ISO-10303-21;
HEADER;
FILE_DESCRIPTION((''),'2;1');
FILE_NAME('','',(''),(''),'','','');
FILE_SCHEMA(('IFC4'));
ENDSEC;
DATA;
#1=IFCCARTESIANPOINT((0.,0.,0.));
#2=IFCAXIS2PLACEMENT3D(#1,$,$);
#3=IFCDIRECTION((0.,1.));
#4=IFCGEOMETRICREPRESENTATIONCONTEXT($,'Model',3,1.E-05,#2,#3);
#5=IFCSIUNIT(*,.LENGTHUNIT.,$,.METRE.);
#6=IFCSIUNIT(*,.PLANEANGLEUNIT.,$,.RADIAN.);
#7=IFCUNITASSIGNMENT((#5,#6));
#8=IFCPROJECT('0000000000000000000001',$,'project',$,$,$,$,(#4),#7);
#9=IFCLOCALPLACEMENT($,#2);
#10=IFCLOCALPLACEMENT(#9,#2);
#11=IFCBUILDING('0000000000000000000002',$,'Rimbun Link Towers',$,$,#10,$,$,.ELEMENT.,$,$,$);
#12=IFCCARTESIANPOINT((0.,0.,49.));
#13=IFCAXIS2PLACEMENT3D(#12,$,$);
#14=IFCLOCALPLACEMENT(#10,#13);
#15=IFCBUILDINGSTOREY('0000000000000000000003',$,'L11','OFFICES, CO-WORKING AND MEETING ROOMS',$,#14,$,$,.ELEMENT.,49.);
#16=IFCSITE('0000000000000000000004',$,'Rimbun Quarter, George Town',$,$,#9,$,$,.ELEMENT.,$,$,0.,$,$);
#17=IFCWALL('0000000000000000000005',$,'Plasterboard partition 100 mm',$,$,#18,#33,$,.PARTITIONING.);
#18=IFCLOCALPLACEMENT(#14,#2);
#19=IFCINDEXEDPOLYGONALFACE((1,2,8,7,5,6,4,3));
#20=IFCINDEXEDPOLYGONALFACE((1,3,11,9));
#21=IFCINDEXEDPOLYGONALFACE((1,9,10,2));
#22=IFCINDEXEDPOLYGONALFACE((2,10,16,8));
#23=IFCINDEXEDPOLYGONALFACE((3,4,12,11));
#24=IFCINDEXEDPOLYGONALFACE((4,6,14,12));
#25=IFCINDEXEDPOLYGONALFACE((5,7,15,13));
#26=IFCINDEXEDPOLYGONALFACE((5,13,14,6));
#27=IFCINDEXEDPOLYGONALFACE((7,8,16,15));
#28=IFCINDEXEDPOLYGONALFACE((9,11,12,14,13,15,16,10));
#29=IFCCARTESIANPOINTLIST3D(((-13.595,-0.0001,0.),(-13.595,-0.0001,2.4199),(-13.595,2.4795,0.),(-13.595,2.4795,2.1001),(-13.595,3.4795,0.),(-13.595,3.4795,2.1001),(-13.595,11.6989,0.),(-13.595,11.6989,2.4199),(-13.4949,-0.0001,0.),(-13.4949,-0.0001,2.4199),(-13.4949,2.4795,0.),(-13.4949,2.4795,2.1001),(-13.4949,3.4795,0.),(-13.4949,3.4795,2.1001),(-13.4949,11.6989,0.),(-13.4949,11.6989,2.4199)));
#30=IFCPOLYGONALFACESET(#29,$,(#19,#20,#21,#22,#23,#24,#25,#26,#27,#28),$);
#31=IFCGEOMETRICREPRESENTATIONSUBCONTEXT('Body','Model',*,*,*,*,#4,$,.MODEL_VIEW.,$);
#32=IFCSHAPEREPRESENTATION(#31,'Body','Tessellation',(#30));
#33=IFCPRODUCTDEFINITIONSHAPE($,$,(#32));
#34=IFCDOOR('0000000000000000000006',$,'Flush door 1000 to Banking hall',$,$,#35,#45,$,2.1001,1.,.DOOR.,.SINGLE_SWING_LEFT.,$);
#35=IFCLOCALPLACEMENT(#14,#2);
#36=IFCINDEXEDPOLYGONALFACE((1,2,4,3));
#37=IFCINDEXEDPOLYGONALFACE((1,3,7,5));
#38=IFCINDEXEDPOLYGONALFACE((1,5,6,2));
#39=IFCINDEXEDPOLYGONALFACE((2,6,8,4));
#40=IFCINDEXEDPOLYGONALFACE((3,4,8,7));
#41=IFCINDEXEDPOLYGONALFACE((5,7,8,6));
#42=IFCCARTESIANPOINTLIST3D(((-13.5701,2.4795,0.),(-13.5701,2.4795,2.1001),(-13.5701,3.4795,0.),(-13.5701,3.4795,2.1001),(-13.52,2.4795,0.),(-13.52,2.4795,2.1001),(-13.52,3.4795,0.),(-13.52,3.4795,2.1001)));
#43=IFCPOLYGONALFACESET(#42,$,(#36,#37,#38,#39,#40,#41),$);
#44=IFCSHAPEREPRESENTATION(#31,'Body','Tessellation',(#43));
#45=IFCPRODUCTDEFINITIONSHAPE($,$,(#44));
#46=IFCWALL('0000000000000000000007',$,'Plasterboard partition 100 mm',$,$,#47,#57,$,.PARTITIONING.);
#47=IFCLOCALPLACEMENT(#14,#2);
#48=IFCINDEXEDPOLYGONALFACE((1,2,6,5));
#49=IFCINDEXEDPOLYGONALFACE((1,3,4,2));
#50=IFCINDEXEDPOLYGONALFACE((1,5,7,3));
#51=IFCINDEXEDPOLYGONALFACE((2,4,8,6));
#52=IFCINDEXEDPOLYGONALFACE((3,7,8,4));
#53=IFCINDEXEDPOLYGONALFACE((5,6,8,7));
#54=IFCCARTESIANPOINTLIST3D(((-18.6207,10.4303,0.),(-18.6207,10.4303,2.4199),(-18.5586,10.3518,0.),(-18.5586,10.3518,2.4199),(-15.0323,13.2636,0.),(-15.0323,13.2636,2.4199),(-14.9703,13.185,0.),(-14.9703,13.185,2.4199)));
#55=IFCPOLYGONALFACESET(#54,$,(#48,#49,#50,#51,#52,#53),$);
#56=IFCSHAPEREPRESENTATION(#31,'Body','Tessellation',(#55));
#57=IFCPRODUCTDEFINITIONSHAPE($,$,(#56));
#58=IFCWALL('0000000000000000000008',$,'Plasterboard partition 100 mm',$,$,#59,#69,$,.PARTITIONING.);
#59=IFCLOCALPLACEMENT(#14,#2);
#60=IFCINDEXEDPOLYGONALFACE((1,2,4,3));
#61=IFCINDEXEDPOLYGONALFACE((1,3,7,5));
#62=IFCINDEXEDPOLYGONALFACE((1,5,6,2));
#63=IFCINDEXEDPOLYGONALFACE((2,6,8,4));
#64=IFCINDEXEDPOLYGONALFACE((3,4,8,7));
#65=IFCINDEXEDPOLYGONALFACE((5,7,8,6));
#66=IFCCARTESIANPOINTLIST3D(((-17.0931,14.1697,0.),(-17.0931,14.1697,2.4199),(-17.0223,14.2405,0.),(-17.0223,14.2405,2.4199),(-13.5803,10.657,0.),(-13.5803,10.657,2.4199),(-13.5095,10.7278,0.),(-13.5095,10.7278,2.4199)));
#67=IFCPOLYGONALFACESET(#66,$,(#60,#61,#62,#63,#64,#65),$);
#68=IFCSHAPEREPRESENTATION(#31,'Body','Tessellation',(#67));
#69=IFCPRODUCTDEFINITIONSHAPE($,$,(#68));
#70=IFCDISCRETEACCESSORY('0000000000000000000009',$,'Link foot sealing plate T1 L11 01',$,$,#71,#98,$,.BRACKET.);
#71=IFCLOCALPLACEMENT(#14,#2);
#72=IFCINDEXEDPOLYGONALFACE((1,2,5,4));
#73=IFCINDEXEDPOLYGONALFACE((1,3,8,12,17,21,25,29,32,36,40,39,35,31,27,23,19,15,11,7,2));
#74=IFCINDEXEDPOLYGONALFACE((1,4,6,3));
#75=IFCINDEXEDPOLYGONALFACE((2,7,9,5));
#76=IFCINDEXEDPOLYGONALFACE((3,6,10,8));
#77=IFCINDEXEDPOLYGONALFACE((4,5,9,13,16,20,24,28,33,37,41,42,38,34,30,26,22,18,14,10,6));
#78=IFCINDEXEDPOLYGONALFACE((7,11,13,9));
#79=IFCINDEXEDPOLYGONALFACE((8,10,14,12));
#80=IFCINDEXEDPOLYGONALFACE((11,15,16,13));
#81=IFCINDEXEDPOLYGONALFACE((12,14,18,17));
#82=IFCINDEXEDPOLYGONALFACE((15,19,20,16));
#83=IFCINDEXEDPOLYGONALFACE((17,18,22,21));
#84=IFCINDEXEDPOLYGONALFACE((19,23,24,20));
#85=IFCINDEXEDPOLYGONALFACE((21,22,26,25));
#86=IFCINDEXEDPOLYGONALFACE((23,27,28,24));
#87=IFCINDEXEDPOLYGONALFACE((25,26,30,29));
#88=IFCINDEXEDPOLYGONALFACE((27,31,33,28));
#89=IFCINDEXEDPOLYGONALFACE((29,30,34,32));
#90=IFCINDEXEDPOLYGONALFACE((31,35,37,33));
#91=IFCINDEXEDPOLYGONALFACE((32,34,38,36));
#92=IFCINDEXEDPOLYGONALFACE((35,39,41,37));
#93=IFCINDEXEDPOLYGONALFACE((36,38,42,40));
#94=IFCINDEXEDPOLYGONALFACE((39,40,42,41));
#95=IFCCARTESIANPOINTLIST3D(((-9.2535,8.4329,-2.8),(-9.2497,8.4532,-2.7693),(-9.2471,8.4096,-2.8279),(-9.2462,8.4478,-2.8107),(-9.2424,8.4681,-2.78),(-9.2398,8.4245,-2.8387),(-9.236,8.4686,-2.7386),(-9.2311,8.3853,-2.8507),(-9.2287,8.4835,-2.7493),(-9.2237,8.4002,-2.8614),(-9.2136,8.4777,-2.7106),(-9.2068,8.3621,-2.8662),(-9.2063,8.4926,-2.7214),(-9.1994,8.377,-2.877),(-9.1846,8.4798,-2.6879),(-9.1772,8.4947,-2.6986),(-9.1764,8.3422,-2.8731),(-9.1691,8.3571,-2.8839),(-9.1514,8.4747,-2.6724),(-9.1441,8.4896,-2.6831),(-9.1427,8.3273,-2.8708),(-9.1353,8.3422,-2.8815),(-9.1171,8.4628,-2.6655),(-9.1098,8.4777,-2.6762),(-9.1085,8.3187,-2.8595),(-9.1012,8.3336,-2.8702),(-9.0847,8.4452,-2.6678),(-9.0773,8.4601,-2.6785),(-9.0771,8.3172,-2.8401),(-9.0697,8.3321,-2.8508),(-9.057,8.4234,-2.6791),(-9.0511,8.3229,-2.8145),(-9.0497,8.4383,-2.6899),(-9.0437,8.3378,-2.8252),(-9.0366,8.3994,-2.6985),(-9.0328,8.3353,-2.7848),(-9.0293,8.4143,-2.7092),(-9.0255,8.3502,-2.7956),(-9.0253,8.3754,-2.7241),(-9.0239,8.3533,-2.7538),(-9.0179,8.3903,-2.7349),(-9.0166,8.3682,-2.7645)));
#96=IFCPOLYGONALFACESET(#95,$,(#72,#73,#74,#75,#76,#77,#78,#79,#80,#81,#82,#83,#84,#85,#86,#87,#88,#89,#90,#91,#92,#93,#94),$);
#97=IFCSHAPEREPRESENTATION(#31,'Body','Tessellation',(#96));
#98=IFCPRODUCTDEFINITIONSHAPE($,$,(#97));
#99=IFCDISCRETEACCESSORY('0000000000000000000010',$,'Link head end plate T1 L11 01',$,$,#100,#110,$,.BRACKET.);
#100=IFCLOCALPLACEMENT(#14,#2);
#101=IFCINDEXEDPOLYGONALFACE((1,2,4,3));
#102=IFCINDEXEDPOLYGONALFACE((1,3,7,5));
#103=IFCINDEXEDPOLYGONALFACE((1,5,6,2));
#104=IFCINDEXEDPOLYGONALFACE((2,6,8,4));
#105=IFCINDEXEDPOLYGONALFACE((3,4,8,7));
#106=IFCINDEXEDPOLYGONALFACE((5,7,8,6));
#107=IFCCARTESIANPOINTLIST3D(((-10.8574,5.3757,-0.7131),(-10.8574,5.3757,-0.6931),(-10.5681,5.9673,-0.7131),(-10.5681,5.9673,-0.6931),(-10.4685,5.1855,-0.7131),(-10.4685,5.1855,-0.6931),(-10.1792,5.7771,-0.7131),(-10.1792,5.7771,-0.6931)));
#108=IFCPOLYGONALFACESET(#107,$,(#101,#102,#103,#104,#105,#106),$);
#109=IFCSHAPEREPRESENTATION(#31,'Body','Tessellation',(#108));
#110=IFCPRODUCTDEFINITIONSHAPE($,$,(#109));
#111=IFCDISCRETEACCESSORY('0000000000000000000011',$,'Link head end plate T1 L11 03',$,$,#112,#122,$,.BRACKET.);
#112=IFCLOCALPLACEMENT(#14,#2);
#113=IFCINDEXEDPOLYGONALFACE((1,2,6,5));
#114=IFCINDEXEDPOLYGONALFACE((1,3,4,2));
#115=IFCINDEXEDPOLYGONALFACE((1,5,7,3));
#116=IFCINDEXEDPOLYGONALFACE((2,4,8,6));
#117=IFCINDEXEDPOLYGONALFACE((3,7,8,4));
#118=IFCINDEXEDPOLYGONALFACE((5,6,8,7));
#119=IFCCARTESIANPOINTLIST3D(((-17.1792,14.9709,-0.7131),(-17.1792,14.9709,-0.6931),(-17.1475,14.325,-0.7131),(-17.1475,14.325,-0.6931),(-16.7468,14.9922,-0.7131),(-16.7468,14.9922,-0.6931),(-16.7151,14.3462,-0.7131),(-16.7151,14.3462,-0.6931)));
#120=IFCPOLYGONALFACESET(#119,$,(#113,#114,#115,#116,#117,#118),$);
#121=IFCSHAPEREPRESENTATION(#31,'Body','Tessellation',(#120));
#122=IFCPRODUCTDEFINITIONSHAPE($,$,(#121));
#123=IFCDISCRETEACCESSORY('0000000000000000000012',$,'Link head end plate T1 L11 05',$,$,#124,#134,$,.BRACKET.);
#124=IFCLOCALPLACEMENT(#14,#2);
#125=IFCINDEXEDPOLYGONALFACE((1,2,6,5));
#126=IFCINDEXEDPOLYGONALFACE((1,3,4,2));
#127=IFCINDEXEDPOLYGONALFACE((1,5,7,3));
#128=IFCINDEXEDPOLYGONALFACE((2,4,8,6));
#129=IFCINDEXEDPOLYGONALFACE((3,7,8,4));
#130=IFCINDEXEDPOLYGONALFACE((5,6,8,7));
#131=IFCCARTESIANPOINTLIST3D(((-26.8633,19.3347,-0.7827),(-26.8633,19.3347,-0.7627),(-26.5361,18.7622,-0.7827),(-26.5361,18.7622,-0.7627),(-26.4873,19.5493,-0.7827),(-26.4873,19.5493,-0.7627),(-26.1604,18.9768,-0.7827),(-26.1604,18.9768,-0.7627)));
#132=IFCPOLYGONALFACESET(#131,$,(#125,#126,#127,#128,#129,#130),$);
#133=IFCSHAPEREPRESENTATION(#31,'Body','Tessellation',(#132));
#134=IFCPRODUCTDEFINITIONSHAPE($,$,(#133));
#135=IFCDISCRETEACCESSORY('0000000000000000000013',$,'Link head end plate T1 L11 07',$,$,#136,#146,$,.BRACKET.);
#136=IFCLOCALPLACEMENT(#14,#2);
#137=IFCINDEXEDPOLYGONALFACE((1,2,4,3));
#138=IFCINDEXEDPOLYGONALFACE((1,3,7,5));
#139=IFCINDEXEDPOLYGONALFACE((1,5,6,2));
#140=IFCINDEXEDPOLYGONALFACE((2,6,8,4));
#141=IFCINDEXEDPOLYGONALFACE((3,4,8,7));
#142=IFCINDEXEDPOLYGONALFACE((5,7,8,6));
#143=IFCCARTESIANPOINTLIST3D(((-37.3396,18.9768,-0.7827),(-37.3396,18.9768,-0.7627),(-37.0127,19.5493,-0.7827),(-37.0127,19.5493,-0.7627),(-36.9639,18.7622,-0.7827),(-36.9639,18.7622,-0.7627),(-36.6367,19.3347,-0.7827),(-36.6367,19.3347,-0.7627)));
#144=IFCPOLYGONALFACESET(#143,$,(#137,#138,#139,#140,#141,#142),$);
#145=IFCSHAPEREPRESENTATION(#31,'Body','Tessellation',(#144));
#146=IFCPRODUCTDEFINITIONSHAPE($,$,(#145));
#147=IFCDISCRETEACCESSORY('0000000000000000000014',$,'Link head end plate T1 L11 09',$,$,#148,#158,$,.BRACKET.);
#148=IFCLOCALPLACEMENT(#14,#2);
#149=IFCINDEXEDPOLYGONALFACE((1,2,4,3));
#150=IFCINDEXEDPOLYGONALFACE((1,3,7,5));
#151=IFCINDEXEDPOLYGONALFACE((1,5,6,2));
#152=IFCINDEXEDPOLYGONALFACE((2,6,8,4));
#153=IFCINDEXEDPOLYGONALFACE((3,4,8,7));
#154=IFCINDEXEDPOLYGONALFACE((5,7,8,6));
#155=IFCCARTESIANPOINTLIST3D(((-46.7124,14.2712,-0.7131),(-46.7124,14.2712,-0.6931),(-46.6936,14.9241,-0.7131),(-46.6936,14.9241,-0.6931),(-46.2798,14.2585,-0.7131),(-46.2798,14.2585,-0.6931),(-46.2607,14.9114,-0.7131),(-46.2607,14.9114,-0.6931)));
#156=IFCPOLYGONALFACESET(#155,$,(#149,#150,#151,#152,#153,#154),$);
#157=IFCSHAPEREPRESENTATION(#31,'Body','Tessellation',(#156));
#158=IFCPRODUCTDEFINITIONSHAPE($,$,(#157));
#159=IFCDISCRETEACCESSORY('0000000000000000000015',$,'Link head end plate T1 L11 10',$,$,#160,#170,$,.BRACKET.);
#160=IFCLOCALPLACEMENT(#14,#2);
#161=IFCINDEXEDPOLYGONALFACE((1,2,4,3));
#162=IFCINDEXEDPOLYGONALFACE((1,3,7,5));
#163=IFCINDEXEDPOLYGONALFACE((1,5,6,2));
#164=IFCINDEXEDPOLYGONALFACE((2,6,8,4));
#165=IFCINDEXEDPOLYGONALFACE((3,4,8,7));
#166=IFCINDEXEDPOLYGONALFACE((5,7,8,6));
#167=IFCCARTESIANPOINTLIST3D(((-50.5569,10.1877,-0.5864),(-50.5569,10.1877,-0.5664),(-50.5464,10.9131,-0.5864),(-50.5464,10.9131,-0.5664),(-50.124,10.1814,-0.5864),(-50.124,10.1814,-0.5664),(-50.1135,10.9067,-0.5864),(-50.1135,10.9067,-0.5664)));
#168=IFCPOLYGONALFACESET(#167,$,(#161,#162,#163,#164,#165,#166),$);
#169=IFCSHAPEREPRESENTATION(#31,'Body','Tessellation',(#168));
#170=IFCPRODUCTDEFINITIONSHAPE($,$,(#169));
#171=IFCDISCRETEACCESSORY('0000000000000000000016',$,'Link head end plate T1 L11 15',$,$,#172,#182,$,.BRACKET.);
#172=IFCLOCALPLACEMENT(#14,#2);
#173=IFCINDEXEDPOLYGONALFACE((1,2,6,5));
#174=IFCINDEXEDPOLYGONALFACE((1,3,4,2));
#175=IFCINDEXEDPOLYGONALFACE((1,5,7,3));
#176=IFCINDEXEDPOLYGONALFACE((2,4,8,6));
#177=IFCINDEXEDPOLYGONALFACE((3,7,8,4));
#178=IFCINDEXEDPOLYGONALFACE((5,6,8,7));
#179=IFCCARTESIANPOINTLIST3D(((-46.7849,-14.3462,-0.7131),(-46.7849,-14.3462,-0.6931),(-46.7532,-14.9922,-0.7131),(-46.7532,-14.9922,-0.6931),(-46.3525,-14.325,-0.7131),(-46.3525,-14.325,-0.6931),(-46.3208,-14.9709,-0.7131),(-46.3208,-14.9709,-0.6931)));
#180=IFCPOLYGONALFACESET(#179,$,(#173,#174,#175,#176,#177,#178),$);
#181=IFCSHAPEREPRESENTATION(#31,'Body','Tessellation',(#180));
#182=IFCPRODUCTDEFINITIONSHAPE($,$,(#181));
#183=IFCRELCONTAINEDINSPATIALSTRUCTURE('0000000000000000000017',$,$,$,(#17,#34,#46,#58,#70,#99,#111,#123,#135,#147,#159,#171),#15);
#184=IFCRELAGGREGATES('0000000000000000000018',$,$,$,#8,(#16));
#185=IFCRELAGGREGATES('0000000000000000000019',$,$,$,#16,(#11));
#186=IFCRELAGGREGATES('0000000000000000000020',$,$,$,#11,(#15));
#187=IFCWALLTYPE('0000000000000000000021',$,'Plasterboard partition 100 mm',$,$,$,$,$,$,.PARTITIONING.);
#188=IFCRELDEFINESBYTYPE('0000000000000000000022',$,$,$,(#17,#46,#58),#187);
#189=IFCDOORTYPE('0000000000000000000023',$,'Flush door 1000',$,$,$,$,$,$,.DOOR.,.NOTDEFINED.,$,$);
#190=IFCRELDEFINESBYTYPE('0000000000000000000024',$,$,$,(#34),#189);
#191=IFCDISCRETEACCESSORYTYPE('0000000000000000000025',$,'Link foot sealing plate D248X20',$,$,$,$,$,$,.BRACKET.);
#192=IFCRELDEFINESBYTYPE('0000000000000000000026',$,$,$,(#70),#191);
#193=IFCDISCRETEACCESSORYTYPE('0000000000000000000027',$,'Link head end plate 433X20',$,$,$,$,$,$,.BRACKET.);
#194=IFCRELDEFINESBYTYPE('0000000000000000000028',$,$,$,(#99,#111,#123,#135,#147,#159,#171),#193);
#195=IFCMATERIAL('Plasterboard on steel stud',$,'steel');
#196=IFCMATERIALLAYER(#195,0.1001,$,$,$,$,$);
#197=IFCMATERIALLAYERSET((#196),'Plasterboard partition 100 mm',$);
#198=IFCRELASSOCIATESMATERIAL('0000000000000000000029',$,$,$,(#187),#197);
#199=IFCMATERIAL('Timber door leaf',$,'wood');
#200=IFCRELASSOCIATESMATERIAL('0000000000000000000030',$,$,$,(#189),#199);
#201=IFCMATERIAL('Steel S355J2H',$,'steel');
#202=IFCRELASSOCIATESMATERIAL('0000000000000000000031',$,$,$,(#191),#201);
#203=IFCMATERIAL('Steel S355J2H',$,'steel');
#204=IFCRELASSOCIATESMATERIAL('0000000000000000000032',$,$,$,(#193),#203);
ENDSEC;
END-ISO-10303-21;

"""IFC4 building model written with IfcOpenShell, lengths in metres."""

from ifc_helpers import new_model, si_unit, direction, frame, frame_2d, origin, origin_2d, place, context, subcontext, project, spatial, polyline, rectangle, circle, outline, extrude, material, layer, layer_set, material_profile, profile_set, type_object, element, fill, save


model = new_model("IFC4")

# Units and contexts
model_context = context("Model", 3, precision=1e-05, world=origin(), true_north=direction((0.0, 1.0)))
body_context = subcontext(model_context, "Body", "Model", "MODEL_VIEW")
ifc_project = project(units=[si_unit("LENGTHUNIT", "METRE"), si_unit("PLANEANGLEUNIT", "RADIAN")], contexts=[model_context])

# Site, building, storey
site_placement = place(None, origin())
site = spatial("IfcSite", under=ifc_project, at=site_placement, Name="Rimbun Quarter, George Town", CompositionType="ELEMENT", RefElevation=0.0)
building_placement = place(site_placement, origin())
building = spatial("IfcBuilding", under=site, at=building_placement, Name="Rimbun Link Towers", CompositionType="ELEMENT")
storey_placement = place(building_placement, frame((0.0, 0.0, 49.0)))
storey = spatial("IfcBuildingStorey", under=building, at=storey_placement, Name="L11", Description="OFFICES, CO-WORKING AND MEETING ROOMS", CompositionType="ELEMENT", Elevation=49.0)

# Wall, opening, door
ifc_material_1 = material(Name="Plasterboard on steel stud", Category="steel")
ifc_layer_1 = layer(ifc_material_1, 0.1001)
ifc_layer_set_1 = layer_set([ifc_layer_1], Name="Plasterboard partition 100 mm")
wall_type = type_object("IfcWallType", Name="Plasterboard partition 100 mm", PredefinedType="PARTITIONING", material=ifc_layer_set_1)
wall_1_placement = place(storey_placement, frame((-13.5449, 11.699, 0.0), z_axis=(0.0, 0.0, 1.0), x_axis=(0.0, -1.0, 0.0)))
wall_1 = element("IfcWall", 1, at=wall_1_placement, inside=storey, type_object=wall_type, Name="Plasterboard partition 100 mm", PredefinedType="PARTITIONING", context=body_context, shape_type="SweptSolid", body=[
    extrude(rectangle(XDim=11.699, YDim=0.1001, at=frame_2d((5.8496, 0.0))), origin(), (0.0, 0.0, 1.0), 2.4199),
])
opening_placement = place(wall_1_placement, frame((8.2195, 0.0, 0.0)))
opening = element("IfcOpeningElement", 2, at=opening_placement, cuts=wall_1, PredefinedType="OPENING", context=body_context, shape_type="SweptSolid", body=[
    extrude(rectangle(XDim=1.0, YDim=2.1001, at=frame_2d((0.5, 1.05))), frame((0.0, 0.0601, 0.0), z_axis=(0.0, -1.0, 0.0), x_axis=(1.0, 0.0, 0.0)), (0.0, 0.0, 1.0), 0.1201),
])
ifc_material_2 = material(Name="Timber door leaf", Category="wood")
door_type = type_object("IfcDoorType", Name="Flush door 1000", OperationType="NOTDEFINED", PredefinedType="DOOR", material=ifc_material_2)
door_placement = place(opening_placement, origin())
door = element("IfcDoor", 3, at=door_placement, inside=storey, type_object=door_type, Name="Flush door 1000 to Banking hall", OperationType="SINGLE_SWING_LEFT", OverallHeight=2.1001, OverallWidth=1.0, PredefinedType="DOOR", context=body_context, shape_type="SweptSolid", body=[
    extrude(rectangle(XDim=1.0, YDim=2.1001, at=frame_2d((0.5, 1.05))), frame((0.0, 0.0249, 0.0), z_axis=(0.0, -1.0, 0.0), x_axis=(1.0, 0.0, 0.0)), (0.0, 0.0, 1.0), 0.05),
])
fill(opening, door)

# Walls
wall_2_placement = place(storey_placement, frame((-15.0012, 13.2244, 0.0), z_axis=(0.0, 0.0, 1.0), x_axis=(-0.784849, -0.619688, 0.0)))
element("IfcWall", 4, at=wall_2_placement, inside=storey, type_object=wall_type, Name="Plasterboard partition 100 mm", PredefinedType="PARTITIONING", context=body_context, shape_type="SweptSolid", body=[
    extrude(rectangle(XDim=4.572, YDim=0.1001, at=frame_2d((2.2861, 0.0))), origin(), (0.0, 0.0, 1.0), 2.4199),
])
wall_3_placement = place(storey_placement, frame((-13.5449, 10.6924, 0.0), z_axis=(0.0, 0.0, 1.0), x_axis=(-0.707107, 0.707107, 0.0)))
element("IfcWall", 5, at=wall_3_placement, inside=storey, type_object=wall_type, Name="Plasterboard partition 100 mm", PredefinedType="PARTITIONING", context=body_context, shape_type="SweptSolid", body=[
    extrude(rectangle(XDim=4.9678, YDim=0.1001, at=frame_2d((2.4839, 0.0))), origin(), (0.0, 0.0, 1.0), 2.4199),
])

# Discrete accessories
ifc_material_3 = material(Name="Steel S355J2H", Category="steel")
ifc_material_profile_1 = material_profile(ifc_material_3, circle(Radius=0.124, at=origin_2d()), Name="PL D248")
ifc_profile_set_1 = profile_set([ifc_material_profile_1], Name="Steel S355J2H")
discrete_accessory_type_1 = type_object("IfcDiscreteAccessoryType", Name="Link foot sealing plate D248X20", PredefinedType="BRACKET", material=ifc_profile_set_1)
discrete_accessory_1_placement = place(storey_placement, frame((-9.1384, 8.3984, -2.7693), z_axis=(0.370483, 0.753316, -0.543376), x_axis=(-0.89735, 0.44132, 0.0)))
element("IfcDiscreteAccessory", 6, at=discrete_accessory_1_placement, inside=storey, type_object=discrete_accessory_type_1, Name="Link foot sealing plate T1 L11 01", PredefinedType="BRACKET", context=body_context, shape_type="SweptSolid", body=[
    extrude(circle(Radius=0.124, at=origin_2d()), origin(), (0.0, 0.0, 1.0), 0.0198),
])
ifc_material_4 = material(Name="Steel S355J2H", Category="steel")
ifc_material_profile_2 = material_profile(ifc_material_4, rectangle(XDim=0.4331, YDim=0.4331, at=origin_2d()), Name="PL 433x433")
ifc_profile_set_2 = profile_set([ifc_material_profile_2], Name="Steel S355J2H")
discrete_accessory_type_2 = type_object("IfcDiscreteAccessoryType", Name="Link head end plate 433X20", PredefinedType="BRACKET", material=ifc_profile_set_2)
discrete_accessory_2_placement = place(storey_placement, frame((0.0, 0.0, -0.7131)))
element("IfcDiscreteAccessory", 7, at=discrete_accessory_2_placement, inside=storey, type_object=discrete_accessory_type_2, Name="Link head end plate T1 L11 01", PredefinedType="BRACKET", context=body_context, shape_type="SweptSolid", body=[
    extrude(outline(polyline([(-10.4685, 5.1855), (-10.1792, 5.7771), (-10.5681, 5.9673), (-10.8574, 5.3757), (-10.4685, 5.1855)])), origin(), (0.0, 0.0, 1.0), 0.02),
])
discrete_accessory_3_placement = place(storey_placement, frame((0.0, 0.0, -0.7131)))
element("IfcDiscreteAccessory", 8, at=discrete_accessory_3_placement, inside=storey, type_object=discrete_accessory_type_2, Name="Link head end plate T1 L11 03", PredefinedType="BRACKET", context=body_context, shape_type="SweptSolid", body=[
    extrude(outline(polyline([(-16.7151, 14.3462), (-16.7468, 14.9922), (-17.1792, 14.9709), (-17.1475, 14.325), (-16.7151, 14.3462)])), origin(), (0.0, 0.0, 1.0), 0.02),
])
discrete_accessory_4_placement = place(storey_placement, frame((0.0, 0.0, -0.7827)))
element("IfcDiscreteAccessory", 9, at=discrete_accessory_4_placement, inside=storey, type_object=discrete_accessory_type_2, Name="Link head end plate T1 L11 05", PredefinedType="BRACKET", context=body_context, shape_type="SweptSolid", body=[
    extrude(outline(polyline([(-26.1604, 18.9768), (-26.4873, 19.5493), (-26.8633, 19.3347), (-26.5361, 18.7622), (-26.1604, 18.9768)])), origin(), (0.0, 0.0, 1.0), 0.02),
])
discrete_accessory_5_placement = place(storey_placement, frame((0.0, 0.0, -0.7827)))
element("IfcDiscreteAccessory", 10, at=discrete_accessory_5_placement, inside=storey, type_object=discrete_accessory_type_2, Name="Link head end plate T1 L11 07", PredefinedType="BRACKET", context=body_context, shape_type="SweptSolid", body=[
    extrude(outline(polyline([(-36.9639, 18.7622), (-36.6367, 19.3347), (-37.0127, 19.5493), (-37.3396, 18.9768), (-36.9639, 18.7622)])), origin(), (0.0, 0.0, 1.0), 0.02),
])
discrete_accessory_6_placement = place(storey_placement, frame((0.0, 0.0, -0.7131)))
element("IfcDiscreteAccessory", 11, at=discrete_accessory_6_placement, inside=storey, type_object=discrete_accessory_type_2, Name="Link head end plate T1 L11 09", PredefinedType="BRACKET", context=body_context, shape_type="SweptSolid", body=[
    extrude(outline(polyline([(-46.2798, 14.2585), (-46.2607, 14.9114), (-46.6936, 14.9241), (-46.7124, 14.2712), (-46.2798, 14.2585)])), origin(), (0.0, 0.0, 1.0), 0.02),
])
discrete_accessory_7_placement = place(storey_placement, frame((0.0, 0.0, -0.5864)))
element("IfcDiscreteAccessory", 12, at=discrete_accessory_7_placement, inside=storey, type_object=discrete_accessory_type_2, Name="Link head end plate T1 L11 10", PredefinedType="BRACKET", context=body_context, shape_type="SweptSolid", body=[
    extrude(outline(polyline([(-50.124, 10.1814), (-50.1135, 10.9067), (-50.5464, 10.9131), (-50.5569, 10.1877), (-50.124, 10.1814)])), origin(), (0.0, 0.0, 1.0), 0.02),
])
discrete_accessory_8_placement = place(storey_placement, frame((0.0, 0.0, -0.7131)))
element("IfcDiscreteAccessory", 13, at=discrete_accessory_8_placement, inside=storey, type_object=discrete_accessory_type_2, Name="Link head end plate T1 L11 15", PredefinedType="BRACKET", context=body_context, shape_type="SweptSolid", body=[
    extrude(outline(polyline([(-46.7849, -14.3462), (-46.7532, -14.9922), (-46.3208, -14.9709), (-46.3525, -14.325), (-46.7849, -14.3462)])), origin(), (0.0, 0.0, 1.0), 0.02),
])

save(model, "model.ifc")
